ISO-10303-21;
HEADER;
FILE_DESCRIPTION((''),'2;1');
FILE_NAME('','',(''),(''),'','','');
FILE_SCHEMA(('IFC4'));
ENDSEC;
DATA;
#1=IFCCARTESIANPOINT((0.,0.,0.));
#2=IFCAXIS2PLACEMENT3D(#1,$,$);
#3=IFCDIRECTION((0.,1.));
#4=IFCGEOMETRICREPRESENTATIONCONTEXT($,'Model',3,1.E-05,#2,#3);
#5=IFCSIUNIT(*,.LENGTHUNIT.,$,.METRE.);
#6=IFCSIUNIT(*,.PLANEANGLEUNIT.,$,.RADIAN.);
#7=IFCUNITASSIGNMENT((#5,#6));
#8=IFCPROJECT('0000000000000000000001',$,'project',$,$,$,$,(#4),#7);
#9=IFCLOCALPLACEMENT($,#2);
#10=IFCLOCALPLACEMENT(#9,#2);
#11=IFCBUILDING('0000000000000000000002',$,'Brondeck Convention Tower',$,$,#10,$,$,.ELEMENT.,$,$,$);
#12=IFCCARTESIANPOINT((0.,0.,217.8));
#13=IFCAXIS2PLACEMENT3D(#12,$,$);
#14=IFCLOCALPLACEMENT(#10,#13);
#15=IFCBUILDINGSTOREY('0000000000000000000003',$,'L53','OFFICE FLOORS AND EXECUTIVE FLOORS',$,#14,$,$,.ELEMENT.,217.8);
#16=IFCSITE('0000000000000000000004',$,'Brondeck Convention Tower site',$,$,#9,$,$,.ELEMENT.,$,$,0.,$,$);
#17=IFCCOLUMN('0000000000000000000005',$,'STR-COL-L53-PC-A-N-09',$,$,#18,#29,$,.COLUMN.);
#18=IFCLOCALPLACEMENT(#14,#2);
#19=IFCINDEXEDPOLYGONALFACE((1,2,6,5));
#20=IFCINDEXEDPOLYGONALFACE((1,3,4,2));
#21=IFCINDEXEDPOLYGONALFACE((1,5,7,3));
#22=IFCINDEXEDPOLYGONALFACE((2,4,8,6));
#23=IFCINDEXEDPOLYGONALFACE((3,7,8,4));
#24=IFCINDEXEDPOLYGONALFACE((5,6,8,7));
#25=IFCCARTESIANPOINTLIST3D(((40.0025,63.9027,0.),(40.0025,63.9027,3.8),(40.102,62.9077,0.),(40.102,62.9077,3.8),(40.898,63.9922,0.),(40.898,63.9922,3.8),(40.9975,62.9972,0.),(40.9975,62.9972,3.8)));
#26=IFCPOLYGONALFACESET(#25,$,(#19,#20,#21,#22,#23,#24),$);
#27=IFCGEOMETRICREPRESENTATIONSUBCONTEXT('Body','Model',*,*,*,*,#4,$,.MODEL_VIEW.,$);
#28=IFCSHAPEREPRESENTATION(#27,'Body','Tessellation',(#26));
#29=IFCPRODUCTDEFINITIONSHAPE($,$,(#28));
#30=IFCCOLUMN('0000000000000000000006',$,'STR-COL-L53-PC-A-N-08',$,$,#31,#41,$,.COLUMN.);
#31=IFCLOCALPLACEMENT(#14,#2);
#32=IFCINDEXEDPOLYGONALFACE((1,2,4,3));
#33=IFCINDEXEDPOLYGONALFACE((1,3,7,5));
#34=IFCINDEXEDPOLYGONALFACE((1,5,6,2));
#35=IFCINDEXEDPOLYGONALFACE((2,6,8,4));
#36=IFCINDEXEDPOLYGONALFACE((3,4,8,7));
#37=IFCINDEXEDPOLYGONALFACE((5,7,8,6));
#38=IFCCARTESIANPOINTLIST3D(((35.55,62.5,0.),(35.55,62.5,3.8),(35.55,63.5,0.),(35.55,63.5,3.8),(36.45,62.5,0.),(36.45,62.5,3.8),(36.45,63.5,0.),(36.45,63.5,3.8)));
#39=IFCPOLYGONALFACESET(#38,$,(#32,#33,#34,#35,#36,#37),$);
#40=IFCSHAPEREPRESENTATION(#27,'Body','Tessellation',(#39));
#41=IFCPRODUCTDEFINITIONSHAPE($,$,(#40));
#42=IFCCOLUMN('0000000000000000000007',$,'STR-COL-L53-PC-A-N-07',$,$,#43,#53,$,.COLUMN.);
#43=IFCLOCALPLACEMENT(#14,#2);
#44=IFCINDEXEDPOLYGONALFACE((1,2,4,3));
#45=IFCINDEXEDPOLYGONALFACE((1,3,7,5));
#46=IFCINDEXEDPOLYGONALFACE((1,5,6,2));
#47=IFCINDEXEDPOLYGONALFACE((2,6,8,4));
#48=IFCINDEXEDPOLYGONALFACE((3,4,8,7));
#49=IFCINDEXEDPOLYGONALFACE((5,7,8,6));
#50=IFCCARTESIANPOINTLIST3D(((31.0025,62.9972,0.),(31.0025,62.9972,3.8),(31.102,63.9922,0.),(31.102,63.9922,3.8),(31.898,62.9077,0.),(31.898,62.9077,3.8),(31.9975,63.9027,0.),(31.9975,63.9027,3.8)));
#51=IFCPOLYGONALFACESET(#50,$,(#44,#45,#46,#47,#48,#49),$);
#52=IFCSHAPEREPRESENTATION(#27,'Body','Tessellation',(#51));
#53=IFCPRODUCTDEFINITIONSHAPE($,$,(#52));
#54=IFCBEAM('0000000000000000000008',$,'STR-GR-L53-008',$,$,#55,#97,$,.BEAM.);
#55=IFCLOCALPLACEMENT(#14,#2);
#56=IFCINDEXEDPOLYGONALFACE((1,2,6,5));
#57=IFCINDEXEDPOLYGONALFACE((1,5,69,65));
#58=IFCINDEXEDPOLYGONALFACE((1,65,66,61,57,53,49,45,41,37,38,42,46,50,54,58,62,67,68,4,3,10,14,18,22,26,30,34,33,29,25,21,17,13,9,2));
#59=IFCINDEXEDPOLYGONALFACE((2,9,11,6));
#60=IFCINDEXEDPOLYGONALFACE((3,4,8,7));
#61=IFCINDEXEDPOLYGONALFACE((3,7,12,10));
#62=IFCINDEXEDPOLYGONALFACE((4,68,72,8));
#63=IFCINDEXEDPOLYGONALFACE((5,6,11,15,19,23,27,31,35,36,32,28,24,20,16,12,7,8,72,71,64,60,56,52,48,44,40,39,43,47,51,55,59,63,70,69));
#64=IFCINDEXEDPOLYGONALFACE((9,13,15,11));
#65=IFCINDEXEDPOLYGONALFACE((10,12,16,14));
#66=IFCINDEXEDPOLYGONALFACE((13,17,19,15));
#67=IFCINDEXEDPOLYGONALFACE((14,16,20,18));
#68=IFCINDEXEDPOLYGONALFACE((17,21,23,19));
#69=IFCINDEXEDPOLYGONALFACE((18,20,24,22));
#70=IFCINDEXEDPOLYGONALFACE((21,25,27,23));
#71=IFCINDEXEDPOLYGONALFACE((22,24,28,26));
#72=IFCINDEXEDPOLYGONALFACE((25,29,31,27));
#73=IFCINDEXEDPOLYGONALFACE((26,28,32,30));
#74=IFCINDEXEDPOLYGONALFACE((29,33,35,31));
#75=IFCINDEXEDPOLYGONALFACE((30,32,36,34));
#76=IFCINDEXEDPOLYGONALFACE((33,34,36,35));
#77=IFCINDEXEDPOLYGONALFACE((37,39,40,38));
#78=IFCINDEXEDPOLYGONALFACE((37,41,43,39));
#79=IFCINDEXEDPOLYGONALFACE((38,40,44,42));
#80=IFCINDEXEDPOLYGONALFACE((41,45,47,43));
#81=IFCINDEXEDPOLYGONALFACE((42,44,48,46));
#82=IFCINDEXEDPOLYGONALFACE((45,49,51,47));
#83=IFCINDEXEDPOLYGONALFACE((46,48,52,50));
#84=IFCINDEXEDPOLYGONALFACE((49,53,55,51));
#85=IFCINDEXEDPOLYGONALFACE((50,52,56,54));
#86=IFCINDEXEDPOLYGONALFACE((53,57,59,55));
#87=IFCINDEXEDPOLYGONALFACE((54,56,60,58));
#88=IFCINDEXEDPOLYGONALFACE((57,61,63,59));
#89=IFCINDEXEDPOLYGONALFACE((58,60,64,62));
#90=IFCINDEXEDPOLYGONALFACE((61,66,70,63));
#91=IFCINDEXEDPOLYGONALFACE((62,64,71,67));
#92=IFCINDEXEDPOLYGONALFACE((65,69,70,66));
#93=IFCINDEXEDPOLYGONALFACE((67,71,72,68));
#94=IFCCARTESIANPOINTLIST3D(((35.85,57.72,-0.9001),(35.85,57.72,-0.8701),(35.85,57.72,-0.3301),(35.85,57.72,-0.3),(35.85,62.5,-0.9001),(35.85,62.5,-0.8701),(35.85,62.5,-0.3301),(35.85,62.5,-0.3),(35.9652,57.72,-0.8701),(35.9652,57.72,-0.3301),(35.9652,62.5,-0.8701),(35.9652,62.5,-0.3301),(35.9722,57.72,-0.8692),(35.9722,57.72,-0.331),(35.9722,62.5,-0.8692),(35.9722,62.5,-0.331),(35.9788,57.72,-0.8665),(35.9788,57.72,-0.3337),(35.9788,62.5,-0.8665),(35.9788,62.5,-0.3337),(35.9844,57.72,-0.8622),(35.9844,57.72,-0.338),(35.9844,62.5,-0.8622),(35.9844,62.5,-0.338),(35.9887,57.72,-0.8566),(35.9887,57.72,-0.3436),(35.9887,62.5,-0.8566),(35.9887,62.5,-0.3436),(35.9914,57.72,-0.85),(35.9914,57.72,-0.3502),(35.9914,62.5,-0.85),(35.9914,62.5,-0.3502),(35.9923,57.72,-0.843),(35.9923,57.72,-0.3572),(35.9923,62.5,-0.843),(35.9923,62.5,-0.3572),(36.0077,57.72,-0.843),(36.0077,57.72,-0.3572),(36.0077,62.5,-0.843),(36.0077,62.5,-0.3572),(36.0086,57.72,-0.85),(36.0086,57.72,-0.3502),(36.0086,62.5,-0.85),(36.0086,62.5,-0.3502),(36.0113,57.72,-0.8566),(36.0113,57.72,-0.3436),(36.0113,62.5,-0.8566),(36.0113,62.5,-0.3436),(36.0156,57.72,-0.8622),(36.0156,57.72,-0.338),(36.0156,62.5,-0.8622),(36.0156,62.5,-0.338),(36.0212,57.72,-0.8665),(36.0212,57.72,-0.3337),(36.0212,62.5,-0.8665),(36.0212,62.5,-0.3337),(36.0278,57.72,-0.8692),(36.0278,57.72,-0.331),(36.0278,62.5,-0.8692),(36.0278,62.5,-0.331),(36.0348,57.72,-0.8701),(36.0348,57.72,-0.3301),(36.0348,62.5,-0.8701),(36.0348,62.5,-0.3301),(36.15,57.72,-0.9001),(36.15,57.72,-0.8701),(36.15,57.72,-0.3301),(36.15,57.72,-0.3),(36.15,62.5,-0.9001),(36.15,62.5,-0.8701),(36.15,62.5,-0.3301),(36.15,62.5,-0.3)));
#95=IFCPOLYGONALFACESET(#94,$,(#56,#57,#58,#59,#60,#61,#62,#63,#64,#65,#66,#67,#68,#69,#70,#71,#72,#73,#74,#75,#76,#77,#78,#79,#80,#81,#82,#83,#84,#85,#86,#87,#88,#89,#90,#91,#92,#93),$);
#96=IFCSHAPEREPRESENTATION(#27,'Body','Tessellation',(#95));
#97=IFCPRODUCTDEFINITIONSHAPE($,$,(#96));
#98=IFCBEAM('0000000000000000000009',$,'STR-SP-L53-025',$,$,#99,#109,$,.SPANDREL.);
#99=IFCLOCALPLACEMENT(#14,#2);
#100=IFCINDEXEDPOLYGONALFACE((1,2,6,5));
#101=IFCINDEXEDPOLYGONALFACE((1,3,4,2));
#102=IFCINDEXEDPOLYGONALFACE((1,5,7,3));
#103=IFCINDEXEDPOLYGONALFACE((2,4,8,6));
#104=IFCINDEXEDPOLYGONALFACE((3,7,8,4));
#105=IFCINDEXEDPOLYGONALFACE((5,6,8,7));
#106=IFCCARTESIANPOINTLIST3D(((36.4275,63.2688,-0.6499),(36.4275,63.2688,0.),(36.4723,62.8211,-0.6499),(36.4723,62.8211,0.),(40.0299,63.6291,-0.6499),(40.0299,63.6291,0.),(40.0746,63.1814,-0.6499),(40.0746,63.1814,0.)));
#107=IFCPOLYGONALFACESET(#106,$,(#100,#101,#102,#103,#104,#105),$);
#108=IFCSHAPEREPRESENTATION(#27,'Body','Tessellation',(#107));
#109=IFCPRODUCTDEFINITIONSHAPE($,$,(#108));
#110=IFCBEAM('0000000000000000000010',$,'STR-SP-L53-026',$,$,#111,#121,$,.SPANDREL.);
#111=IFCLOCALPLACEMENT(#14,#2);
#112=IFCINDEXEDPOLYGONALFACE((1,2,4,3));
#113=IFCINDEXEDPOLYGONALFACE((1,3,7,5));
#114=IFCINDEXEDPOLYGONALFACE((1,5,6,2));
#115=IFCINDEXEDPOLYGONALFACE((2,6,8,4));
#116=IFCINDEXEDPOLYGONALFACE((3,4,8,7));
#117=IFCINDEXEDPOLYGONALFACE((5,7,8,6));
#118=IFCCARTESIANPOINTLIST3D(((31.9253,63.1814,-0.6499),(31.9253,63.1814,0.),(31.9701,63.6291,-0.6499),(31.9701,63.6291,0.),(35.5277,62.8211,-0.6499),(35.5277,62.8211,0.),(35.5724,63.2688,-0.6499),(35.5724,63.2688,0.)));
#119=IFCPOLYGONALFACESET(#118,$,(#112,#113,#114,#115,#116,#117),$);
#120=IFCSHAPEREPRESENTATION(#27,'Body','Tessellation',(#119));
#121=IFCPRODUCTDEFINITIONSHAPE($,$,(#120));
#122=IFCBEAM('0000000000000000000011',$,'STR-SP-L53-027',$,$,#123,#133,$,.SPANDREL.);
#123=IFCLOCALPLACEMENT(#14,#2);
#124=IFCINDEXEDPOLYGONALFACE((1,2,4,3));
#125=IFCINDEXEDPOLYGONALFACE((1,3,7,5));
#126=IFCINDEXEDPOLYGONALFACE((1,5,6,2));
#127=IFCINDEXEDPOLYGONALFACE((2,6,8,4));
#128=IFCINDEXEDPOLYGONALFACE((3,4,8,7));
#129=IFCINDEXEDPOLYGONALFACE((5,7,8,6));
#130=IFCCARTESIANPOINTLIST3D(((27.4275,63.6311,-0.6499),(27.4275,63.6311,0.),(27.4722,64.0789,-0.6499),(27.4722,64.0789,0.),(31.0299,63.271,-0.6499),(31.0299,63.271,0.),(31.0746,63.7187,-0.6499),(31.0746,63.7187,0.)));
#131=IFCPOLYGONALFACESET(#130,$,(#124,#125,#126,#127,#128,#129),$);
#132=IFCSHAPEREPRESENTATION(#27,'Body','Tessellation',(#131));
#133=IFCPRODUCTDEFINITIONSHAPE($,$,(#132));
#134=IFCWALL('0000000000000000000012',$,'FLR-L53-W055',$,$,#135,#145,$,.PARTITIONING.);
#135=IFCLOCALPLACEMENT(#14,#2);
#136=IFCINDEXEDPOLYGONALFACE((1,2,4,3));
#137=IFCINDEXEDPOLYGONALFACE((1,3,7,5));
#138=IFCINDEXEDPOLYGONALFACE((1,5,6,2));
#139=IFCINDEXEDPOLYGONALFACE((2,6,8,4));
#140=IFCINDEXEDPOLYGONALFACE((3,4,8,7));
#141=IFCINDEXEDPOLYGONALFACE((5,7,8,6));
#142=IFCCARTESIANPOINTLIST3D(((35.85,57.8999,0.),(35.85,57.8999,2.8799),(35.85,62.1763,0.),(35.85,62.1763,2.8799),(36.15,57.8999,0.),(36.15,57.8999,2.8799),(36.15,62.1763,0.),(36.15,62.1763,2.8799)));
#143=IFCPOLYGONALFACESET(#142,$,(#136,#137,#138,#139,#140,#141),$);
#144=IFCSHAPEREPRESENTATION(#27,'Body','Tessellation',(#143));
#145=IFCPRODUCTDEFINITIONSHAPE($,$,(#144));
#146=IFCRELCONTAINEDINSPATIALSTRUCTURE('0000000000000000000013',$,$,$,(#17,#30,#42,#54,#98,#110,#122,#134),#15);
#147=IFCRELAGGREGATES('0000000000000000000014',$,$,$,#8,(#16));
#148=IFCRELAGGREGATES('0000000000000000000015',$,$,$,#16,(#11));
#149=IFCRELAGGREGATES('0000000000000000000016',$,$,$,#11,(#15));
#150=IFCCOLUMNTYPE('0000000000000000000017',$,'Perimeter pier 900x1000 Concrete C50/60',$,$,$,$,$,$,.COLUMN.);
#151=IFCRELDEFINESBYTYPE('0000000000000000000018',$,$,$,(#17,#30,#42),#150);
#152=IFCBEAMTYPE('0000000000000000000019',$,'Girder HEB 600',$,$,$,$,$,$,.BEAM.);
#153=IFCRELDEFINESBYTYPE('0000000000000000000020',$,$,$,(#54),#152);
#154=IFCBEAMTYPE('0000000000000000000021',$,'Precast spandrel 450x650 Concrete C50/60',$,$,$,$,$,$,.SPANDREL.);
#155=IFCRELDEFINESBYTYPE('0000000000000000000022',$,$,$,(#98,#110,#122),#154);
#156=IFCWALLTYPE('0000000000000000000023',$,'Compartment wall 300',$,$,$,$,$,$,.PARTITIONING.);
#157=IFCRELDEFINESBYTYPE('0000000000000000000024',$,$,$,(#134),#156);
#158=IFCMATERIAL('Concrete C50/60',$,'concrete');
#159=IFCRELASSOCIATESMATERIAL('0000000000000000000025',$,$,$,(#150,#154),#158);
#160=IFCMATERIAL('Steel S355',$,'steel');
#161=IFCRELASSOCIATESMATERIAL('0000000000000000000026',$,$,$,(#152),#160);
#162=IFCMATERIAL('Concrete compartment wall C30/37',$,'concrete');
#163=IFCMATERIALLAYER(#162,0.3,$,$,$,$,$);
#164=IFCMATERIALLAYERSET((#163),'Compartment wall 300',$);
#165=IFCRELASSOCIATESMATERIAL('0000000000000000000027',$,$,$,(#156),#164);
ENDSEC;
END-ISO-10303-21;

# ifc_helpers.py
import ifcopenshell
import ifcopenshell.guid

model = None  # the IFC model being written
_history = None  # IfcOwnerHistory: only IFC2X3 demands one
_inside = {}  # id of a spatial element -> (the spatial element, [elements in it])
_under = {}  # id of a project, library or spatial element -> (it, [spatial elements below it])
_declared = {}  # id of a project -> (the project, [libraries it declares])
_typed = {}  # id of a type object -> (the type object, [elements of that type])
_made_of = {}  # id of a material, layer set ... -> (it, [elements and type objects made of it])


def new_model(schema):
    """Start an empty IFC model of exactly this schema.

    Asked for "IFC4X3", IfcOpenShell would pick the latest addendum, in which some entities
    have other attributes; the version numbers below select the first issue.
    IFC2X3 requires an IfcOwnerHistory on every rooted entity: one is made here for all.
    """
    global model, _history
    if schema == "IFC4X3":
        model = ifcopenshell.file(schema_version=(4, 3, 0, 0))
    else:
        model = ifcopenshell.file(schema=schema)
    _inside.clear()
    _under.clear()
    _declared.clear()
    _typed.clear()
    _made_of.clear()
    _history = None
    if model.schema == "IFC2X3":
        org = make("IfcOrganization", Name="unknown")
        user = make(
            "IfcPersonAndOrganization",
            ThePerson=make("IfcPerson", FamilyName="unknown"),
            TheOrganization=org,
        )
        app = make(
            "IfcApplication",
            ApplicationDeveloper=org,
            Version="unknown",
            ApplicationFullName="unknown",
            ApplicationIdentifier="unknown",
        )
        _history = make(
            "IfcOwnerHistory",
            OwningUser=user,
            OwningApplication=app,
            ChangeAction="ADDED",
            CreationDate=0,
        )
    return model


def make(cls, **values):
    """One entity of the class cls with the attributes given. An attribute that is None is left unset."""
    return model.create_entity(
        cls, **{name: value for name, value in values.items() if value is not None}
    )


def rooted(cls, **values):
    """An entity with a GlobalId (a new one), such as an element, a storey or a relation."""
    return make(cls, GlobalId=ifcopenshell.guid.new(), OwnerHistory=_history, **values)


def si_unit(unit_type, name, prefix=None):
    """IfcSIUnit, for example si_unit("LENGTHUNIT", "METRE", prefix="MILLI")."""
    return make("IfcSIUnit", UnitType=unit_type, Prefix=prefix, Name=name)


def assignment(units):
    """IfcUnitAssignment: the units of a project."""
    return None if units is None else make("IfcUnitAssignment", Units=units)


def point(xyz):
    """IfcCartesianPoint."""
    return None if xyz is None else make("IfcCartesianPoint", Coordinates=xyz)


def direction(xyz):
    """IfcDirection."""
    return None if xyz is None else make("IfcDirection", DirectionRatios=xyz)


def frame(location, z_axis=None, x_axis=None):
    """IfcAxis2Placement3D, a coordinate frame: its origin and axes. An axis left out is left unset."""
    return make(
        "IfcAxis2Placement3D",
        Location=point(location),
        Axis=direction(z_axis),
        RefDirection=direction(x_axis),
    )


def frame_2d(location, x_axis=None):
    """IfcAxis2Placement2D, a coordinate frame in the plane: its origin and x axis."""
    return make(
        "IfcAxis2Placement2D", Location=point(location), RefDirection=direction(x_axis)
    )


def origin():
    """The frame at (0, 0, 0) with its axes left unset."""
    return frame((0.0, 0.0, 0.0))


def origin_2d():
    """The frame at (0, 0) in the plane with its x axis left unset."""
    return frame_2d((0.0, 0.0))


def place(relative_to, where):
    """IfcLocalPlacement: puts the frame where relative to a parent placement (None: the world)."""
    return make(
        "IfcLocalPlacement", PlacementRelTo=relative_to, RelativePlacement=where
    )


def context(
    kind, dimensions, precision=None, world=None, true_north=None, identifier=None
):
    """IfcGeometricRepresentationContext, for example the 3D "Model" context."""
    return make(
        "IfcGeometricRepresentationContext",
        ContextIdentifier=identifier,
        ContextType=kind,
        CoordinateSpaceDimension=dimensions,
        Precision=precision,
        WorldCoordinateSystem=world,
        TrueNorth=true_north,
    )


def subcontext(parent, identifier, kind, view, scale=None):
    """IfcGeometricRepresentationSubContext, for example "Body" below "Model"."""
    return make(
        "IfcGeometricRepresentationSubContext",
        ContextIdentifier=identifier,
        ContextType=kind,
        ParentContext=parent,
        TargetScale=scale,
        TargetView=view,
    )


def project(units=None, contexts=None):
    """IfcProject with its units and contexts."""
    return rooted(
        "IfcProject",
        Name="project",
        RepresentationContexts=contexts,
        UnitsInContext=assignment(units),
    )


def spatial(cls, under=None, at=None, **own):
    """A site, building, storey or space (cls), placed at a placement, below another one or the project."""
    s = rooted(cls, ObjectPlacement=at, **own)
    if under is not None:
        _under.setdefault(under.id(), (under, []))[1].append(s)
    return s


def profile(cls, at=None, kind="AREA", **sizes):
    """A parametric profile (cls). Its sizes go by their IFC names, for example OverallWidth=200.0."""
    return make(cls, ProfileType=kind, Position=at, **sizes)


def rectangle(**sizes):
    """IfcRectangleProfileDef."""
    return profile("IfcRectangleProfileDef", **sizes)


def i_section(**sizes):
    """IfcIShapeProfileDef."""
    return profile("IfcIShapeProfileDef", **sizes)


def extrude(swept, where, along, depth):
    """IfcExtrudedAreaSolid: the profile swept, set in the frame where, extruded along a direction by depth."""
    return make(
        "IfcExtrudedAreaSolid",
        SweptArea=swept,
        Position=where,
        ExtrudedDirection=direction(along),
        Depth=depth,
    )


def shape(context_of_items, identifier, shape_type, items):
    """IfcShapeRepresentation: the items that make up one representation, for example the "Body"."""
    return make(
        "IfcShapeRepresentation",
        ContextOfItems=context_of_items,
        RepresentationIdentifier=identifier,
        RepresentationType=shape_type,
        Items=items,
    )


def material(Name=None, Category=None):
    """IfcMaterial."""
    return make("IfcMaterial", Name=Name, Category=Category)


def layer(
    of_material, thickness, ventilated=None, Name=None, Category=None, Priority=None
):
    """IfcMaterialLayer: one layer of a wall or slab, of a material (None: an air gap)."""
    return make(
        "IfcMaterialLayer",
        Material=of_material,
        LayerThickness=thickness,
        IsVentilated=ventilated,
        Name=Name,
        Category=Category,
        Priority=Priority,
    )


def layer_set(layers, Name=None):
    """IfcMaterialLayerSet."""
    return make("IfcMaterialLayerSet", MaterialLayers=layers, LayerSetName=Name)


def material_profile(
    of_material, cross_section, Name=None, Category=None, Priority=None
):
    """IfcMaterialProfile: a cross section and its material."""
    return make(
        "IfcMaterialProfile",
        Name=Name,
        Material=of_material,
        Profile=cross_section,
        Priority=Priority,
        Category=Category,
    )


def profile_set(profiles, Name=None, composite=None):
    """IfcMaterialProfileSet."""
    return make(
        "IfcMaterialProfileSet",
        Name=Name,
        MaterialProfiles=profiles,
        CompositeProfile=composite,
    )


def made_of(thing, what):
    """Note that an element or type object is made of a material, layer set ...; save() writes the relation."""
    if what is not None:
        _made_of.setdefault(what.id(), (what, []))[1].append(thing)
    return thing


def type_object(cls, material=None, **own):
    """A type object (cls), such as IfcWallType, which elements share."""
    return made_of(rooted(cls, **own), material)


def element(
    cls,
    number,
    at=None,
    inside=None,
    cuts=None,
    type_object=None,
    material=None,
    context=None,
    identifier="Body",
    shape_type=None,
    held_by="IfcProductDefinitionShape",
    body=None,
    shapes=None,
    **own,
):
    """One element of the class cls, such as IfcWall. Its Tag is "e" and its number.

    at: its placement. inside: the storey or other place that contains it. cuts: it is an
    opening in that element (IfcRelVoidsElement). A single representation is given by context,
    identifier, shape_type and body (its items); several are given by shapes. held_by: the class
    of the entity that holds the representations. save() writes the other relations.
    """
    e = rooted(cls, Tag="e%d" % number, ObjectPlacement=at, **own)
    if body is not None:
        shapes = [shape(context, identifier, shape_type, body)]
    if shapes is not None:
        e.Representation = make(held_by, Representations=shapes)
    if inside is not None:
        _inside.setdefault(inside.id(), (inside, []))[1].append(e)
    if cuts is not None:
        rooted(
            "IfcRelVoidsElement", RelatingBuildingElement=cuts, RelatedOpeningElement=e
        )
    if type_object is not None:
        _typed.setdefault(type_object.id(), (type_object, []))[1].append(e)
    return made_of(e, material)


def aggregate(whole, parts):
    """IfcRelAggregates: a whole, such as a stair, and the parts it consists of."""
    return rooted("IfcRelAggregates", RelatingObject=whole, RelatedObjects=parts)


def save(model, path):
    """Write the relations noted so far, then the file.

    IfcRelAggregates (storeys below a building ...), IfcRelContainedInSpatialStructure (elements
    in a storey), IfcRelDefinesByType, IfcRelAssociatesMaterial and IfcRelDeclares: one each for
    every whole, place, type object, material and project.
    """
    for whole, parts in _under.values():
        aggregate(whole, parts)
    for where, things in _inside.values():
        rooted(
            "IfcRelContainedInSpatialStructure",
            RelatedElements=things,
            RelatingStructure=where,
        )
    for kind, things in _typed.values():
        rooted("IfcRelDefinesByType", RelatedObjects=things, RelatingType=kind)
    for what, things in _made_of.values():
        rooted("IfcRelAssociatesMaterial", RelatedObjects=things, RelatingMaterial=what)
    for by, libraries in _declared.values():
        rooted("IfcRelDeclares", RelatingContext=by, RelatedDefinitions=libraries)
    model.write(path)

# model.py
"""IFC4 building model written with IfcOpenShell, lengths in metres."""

from ifc_helpers import new_model, si_unit, direction, frame, frame_2d, origin, origin_2d, place, context, subcontext, project, spatial, rectangle, i_section, extrude, material, layer, layer_set, material_profile, profile_set, type_object, element, save


model = new_model("IFC4")

# Units and contexts
model_context = context("Model", 3, precision=1e-05, world=origin(), true_north=direction((0.0, 1.0)))
body_context = subcontext(model_context, "Body", "Model", "MODEL_VIEW")
ifc_project = project(units=[si_unit("LENGTHUNIT", "METRE"), si_unit("PLANEANGLEUNIT", "RADIAN")], contexts=[model_context])

# Site, building, storey
site_placement = place(None, origin())
site = spatial("IfcSite", under=ifc_project, at=site_placement, Name="Brondeck Convention Tower site", CompositionType="ELEMENT", RefElevation=0.0)
building_placement = place(site_placement, origin())
building = spatial("IfcBuilding", under=site, at=building_placement, Name="Brondeck Convention Tower", CompositionType="ELEMENT")
storey_placement = place(building_placement, frame((0.0, 0.0, 217.8)))
storey = spatial("IfcBuildingStorey", under=building, at=storey_placement, Name="L53", Description="OFFICE FLOORS AND EXECUTIVE FLOORS", CompositionType="ELEMENT", Elevation=217.8)

# Columns
ifc_material_1 = material(Name="Concrete C50/60", Category="concrete")
ifc_material_profile_1 = material_profile(ifc_material_1, rectangle(XDim=0.8999, YDim=1.0, at=origin_2d()), Name="Perimeter pier 900x1000 Concrete C50/60")
ifc_profile_set_1 = profile_set([ifc_material_profile_1], Name="Concrete C50/60")
column_type = type_object("IfcColumnType", Name="Perimeter pier 900x1000 Concrete C50/60", PredefinedType="COLUMN", material=ifc_profile_set_1)
for number, where, z_axis, x_axis, name in (
    (1, (40.5, 63.45, 0.0), (0.0, 0.0, 1.0), (-0.995037, -0.099504, 0.0), "STR-COL-L53-PC-A-N-09"),
    (2, (36.0, 63.0, 0.0), (0.0, 0.0, 1.0), (-1.0, 0.0, 0.0), "STR-COL-L53-PC-A-N-08"),
    (3, (31.5, 63.45, 0.0), (0.0, 0.0, 1.0), (-0.995037, 0.099504, 0.0), "STR-COL-L53-PC-A-N-07"),
):
    element("IfcColumn", number, at=place(storey_placement, frame(where, z_axis=z_axis, x_axis=x_axis)), inside=storey, type_object=column_type, Name=name, PredefinedType="COLUMN", context=body_context, shape_type="SweptSolid", body=[
        extrude(rectangle(XDim=0.8999, YDim=1.0, at=origin_2d()), origin(), (0.0, 0.0, 1.0), 3.8),
    ])

# Beams
ifc_material_2 = material(Name="Steel S355", Category="steel")
ifc_material_profile_2 = material_profile(ifc_material_2, i_section(OverallWidth=0.3, OverallDepth=0.6001, WebThickness=0.0154, FlangeThickness=0.03, FilletRadius=0.0271, at=origin_2d()), Name="HEB 600")
ifc_profile_set_2 = profile_set([ifc_material_profile_2], Name="Steel S355")
beam_type_1 = type_object("IfcBeamType", Name="Girder HEB 600", PredefinedType="BEAM", material=ifc_profile_set_2)
beam_placement = place(storey_placement, frame((36.0, 57.72, -0.6001), z_axis=(0.0, 1.0, 0.0), x_axis=(-1.0, 0.0, 0.0)))
element("IfcBeam", 4, at=beam_placement, inside=storey, type_object=beam_type_1, Name="STR-GR-L53-008", PredefinedType="BEAM", context=body_context, shape_type="SweptSolid", body=[
    extrude(i_section(OverallWidth=0.3, OverallDepth=0.6001, WebThickness=0.0154, FlangeThickness=0.03, FilletRadius=0.0271, at=origin_2d()), origin(), (0.0, 0.0, 1.0), 4.78),
])
ifc_material_profile_3 = material_profile(ifc_material_1, rectangle(XDim=0.45, YDim=0.6499, at=origin_2d()), Name="Precast spandrel 450x650 Concrete C50/60")
ifc_profile_set_3 = profile_set([ifc_material_profile_3], Name="Concrete C50/60")
beam_type_2 = type_object("IfcBeamType", Name="Precast spandrel 450x650 Concrete C50/60", PredefinedType="SPANDREL", material=ifc_profile_set_3)
for number, where, z_axis, x_axis, name in (
    (5, (40.0522, 63.4053, -0.325), (-0.995034, -0.099537, 0.0), (0.099537, -0.995034, 0.0), "STR-SP-L53-025"),
    (6, (35.55, 63.0449, -0.325), (-0.995034, 0.099537, 0.0), (-0.099537, -0.995034, 0.0), "STR-SP-L53-026"),
    (7, (31.0522, 63.4949, -0.325), (-0.995041, 0.09947, 0.0), (-0.09947, -0.995041, 0.0), "STR-SP-L53-027"),
):
    element("IfcBeam", number, at=place(storey_placement, frame(where, z_axis=z_axis, x_axis=x_axis)), inside=storey, type_object=beam_type_2, Name=name, PredefinedType="SPANDREL", context=body_context, shape_type="SweptSolid", body=[
        extrude(rectangle(XDim=0.45, YDim=0.6499, at=origin_2d()), origin(), (0.0, 0.0, 1.0), 3.6204),
    ])

# Wall
ifc_material_3 = material(Name="Concrete compartment wall C30/37", Category="concrete")
ifc_layer_1 = layer(ifc_material_3, 0.3)
ifc_layer_set_1 = layer_set([ifc_layer_1], Name="Compartment wall 300")
wall_type_1 = type_object("IfcWallType", Name="Compartment wall 300", PredefinedType="PARTITIONING", material=ifc_layer_set_1)
wall_1_placement = place(storey_placement, frame((36.0, 57.8999, 0.0), z_axis=(0.0, 0.0, 1.0), x_axis=(0.0, 1.0, 0.0)))
element("IfcWall", 8, at=wall_1_placement, inside=storey, type_object=wall_type_1, Name="FLR-L53-W055", PredefinedType="PARTITIONING", context=body_context, shape_type="SweptSolid", body=[
    extrude(rectangle(XDim=4.2764, YDim=0.3, at=frame_2d((2.1382, 0.0))), origin(), (0.0, 0.0, 1.0), 2.8799),
])

save(model, "model.ifc")
